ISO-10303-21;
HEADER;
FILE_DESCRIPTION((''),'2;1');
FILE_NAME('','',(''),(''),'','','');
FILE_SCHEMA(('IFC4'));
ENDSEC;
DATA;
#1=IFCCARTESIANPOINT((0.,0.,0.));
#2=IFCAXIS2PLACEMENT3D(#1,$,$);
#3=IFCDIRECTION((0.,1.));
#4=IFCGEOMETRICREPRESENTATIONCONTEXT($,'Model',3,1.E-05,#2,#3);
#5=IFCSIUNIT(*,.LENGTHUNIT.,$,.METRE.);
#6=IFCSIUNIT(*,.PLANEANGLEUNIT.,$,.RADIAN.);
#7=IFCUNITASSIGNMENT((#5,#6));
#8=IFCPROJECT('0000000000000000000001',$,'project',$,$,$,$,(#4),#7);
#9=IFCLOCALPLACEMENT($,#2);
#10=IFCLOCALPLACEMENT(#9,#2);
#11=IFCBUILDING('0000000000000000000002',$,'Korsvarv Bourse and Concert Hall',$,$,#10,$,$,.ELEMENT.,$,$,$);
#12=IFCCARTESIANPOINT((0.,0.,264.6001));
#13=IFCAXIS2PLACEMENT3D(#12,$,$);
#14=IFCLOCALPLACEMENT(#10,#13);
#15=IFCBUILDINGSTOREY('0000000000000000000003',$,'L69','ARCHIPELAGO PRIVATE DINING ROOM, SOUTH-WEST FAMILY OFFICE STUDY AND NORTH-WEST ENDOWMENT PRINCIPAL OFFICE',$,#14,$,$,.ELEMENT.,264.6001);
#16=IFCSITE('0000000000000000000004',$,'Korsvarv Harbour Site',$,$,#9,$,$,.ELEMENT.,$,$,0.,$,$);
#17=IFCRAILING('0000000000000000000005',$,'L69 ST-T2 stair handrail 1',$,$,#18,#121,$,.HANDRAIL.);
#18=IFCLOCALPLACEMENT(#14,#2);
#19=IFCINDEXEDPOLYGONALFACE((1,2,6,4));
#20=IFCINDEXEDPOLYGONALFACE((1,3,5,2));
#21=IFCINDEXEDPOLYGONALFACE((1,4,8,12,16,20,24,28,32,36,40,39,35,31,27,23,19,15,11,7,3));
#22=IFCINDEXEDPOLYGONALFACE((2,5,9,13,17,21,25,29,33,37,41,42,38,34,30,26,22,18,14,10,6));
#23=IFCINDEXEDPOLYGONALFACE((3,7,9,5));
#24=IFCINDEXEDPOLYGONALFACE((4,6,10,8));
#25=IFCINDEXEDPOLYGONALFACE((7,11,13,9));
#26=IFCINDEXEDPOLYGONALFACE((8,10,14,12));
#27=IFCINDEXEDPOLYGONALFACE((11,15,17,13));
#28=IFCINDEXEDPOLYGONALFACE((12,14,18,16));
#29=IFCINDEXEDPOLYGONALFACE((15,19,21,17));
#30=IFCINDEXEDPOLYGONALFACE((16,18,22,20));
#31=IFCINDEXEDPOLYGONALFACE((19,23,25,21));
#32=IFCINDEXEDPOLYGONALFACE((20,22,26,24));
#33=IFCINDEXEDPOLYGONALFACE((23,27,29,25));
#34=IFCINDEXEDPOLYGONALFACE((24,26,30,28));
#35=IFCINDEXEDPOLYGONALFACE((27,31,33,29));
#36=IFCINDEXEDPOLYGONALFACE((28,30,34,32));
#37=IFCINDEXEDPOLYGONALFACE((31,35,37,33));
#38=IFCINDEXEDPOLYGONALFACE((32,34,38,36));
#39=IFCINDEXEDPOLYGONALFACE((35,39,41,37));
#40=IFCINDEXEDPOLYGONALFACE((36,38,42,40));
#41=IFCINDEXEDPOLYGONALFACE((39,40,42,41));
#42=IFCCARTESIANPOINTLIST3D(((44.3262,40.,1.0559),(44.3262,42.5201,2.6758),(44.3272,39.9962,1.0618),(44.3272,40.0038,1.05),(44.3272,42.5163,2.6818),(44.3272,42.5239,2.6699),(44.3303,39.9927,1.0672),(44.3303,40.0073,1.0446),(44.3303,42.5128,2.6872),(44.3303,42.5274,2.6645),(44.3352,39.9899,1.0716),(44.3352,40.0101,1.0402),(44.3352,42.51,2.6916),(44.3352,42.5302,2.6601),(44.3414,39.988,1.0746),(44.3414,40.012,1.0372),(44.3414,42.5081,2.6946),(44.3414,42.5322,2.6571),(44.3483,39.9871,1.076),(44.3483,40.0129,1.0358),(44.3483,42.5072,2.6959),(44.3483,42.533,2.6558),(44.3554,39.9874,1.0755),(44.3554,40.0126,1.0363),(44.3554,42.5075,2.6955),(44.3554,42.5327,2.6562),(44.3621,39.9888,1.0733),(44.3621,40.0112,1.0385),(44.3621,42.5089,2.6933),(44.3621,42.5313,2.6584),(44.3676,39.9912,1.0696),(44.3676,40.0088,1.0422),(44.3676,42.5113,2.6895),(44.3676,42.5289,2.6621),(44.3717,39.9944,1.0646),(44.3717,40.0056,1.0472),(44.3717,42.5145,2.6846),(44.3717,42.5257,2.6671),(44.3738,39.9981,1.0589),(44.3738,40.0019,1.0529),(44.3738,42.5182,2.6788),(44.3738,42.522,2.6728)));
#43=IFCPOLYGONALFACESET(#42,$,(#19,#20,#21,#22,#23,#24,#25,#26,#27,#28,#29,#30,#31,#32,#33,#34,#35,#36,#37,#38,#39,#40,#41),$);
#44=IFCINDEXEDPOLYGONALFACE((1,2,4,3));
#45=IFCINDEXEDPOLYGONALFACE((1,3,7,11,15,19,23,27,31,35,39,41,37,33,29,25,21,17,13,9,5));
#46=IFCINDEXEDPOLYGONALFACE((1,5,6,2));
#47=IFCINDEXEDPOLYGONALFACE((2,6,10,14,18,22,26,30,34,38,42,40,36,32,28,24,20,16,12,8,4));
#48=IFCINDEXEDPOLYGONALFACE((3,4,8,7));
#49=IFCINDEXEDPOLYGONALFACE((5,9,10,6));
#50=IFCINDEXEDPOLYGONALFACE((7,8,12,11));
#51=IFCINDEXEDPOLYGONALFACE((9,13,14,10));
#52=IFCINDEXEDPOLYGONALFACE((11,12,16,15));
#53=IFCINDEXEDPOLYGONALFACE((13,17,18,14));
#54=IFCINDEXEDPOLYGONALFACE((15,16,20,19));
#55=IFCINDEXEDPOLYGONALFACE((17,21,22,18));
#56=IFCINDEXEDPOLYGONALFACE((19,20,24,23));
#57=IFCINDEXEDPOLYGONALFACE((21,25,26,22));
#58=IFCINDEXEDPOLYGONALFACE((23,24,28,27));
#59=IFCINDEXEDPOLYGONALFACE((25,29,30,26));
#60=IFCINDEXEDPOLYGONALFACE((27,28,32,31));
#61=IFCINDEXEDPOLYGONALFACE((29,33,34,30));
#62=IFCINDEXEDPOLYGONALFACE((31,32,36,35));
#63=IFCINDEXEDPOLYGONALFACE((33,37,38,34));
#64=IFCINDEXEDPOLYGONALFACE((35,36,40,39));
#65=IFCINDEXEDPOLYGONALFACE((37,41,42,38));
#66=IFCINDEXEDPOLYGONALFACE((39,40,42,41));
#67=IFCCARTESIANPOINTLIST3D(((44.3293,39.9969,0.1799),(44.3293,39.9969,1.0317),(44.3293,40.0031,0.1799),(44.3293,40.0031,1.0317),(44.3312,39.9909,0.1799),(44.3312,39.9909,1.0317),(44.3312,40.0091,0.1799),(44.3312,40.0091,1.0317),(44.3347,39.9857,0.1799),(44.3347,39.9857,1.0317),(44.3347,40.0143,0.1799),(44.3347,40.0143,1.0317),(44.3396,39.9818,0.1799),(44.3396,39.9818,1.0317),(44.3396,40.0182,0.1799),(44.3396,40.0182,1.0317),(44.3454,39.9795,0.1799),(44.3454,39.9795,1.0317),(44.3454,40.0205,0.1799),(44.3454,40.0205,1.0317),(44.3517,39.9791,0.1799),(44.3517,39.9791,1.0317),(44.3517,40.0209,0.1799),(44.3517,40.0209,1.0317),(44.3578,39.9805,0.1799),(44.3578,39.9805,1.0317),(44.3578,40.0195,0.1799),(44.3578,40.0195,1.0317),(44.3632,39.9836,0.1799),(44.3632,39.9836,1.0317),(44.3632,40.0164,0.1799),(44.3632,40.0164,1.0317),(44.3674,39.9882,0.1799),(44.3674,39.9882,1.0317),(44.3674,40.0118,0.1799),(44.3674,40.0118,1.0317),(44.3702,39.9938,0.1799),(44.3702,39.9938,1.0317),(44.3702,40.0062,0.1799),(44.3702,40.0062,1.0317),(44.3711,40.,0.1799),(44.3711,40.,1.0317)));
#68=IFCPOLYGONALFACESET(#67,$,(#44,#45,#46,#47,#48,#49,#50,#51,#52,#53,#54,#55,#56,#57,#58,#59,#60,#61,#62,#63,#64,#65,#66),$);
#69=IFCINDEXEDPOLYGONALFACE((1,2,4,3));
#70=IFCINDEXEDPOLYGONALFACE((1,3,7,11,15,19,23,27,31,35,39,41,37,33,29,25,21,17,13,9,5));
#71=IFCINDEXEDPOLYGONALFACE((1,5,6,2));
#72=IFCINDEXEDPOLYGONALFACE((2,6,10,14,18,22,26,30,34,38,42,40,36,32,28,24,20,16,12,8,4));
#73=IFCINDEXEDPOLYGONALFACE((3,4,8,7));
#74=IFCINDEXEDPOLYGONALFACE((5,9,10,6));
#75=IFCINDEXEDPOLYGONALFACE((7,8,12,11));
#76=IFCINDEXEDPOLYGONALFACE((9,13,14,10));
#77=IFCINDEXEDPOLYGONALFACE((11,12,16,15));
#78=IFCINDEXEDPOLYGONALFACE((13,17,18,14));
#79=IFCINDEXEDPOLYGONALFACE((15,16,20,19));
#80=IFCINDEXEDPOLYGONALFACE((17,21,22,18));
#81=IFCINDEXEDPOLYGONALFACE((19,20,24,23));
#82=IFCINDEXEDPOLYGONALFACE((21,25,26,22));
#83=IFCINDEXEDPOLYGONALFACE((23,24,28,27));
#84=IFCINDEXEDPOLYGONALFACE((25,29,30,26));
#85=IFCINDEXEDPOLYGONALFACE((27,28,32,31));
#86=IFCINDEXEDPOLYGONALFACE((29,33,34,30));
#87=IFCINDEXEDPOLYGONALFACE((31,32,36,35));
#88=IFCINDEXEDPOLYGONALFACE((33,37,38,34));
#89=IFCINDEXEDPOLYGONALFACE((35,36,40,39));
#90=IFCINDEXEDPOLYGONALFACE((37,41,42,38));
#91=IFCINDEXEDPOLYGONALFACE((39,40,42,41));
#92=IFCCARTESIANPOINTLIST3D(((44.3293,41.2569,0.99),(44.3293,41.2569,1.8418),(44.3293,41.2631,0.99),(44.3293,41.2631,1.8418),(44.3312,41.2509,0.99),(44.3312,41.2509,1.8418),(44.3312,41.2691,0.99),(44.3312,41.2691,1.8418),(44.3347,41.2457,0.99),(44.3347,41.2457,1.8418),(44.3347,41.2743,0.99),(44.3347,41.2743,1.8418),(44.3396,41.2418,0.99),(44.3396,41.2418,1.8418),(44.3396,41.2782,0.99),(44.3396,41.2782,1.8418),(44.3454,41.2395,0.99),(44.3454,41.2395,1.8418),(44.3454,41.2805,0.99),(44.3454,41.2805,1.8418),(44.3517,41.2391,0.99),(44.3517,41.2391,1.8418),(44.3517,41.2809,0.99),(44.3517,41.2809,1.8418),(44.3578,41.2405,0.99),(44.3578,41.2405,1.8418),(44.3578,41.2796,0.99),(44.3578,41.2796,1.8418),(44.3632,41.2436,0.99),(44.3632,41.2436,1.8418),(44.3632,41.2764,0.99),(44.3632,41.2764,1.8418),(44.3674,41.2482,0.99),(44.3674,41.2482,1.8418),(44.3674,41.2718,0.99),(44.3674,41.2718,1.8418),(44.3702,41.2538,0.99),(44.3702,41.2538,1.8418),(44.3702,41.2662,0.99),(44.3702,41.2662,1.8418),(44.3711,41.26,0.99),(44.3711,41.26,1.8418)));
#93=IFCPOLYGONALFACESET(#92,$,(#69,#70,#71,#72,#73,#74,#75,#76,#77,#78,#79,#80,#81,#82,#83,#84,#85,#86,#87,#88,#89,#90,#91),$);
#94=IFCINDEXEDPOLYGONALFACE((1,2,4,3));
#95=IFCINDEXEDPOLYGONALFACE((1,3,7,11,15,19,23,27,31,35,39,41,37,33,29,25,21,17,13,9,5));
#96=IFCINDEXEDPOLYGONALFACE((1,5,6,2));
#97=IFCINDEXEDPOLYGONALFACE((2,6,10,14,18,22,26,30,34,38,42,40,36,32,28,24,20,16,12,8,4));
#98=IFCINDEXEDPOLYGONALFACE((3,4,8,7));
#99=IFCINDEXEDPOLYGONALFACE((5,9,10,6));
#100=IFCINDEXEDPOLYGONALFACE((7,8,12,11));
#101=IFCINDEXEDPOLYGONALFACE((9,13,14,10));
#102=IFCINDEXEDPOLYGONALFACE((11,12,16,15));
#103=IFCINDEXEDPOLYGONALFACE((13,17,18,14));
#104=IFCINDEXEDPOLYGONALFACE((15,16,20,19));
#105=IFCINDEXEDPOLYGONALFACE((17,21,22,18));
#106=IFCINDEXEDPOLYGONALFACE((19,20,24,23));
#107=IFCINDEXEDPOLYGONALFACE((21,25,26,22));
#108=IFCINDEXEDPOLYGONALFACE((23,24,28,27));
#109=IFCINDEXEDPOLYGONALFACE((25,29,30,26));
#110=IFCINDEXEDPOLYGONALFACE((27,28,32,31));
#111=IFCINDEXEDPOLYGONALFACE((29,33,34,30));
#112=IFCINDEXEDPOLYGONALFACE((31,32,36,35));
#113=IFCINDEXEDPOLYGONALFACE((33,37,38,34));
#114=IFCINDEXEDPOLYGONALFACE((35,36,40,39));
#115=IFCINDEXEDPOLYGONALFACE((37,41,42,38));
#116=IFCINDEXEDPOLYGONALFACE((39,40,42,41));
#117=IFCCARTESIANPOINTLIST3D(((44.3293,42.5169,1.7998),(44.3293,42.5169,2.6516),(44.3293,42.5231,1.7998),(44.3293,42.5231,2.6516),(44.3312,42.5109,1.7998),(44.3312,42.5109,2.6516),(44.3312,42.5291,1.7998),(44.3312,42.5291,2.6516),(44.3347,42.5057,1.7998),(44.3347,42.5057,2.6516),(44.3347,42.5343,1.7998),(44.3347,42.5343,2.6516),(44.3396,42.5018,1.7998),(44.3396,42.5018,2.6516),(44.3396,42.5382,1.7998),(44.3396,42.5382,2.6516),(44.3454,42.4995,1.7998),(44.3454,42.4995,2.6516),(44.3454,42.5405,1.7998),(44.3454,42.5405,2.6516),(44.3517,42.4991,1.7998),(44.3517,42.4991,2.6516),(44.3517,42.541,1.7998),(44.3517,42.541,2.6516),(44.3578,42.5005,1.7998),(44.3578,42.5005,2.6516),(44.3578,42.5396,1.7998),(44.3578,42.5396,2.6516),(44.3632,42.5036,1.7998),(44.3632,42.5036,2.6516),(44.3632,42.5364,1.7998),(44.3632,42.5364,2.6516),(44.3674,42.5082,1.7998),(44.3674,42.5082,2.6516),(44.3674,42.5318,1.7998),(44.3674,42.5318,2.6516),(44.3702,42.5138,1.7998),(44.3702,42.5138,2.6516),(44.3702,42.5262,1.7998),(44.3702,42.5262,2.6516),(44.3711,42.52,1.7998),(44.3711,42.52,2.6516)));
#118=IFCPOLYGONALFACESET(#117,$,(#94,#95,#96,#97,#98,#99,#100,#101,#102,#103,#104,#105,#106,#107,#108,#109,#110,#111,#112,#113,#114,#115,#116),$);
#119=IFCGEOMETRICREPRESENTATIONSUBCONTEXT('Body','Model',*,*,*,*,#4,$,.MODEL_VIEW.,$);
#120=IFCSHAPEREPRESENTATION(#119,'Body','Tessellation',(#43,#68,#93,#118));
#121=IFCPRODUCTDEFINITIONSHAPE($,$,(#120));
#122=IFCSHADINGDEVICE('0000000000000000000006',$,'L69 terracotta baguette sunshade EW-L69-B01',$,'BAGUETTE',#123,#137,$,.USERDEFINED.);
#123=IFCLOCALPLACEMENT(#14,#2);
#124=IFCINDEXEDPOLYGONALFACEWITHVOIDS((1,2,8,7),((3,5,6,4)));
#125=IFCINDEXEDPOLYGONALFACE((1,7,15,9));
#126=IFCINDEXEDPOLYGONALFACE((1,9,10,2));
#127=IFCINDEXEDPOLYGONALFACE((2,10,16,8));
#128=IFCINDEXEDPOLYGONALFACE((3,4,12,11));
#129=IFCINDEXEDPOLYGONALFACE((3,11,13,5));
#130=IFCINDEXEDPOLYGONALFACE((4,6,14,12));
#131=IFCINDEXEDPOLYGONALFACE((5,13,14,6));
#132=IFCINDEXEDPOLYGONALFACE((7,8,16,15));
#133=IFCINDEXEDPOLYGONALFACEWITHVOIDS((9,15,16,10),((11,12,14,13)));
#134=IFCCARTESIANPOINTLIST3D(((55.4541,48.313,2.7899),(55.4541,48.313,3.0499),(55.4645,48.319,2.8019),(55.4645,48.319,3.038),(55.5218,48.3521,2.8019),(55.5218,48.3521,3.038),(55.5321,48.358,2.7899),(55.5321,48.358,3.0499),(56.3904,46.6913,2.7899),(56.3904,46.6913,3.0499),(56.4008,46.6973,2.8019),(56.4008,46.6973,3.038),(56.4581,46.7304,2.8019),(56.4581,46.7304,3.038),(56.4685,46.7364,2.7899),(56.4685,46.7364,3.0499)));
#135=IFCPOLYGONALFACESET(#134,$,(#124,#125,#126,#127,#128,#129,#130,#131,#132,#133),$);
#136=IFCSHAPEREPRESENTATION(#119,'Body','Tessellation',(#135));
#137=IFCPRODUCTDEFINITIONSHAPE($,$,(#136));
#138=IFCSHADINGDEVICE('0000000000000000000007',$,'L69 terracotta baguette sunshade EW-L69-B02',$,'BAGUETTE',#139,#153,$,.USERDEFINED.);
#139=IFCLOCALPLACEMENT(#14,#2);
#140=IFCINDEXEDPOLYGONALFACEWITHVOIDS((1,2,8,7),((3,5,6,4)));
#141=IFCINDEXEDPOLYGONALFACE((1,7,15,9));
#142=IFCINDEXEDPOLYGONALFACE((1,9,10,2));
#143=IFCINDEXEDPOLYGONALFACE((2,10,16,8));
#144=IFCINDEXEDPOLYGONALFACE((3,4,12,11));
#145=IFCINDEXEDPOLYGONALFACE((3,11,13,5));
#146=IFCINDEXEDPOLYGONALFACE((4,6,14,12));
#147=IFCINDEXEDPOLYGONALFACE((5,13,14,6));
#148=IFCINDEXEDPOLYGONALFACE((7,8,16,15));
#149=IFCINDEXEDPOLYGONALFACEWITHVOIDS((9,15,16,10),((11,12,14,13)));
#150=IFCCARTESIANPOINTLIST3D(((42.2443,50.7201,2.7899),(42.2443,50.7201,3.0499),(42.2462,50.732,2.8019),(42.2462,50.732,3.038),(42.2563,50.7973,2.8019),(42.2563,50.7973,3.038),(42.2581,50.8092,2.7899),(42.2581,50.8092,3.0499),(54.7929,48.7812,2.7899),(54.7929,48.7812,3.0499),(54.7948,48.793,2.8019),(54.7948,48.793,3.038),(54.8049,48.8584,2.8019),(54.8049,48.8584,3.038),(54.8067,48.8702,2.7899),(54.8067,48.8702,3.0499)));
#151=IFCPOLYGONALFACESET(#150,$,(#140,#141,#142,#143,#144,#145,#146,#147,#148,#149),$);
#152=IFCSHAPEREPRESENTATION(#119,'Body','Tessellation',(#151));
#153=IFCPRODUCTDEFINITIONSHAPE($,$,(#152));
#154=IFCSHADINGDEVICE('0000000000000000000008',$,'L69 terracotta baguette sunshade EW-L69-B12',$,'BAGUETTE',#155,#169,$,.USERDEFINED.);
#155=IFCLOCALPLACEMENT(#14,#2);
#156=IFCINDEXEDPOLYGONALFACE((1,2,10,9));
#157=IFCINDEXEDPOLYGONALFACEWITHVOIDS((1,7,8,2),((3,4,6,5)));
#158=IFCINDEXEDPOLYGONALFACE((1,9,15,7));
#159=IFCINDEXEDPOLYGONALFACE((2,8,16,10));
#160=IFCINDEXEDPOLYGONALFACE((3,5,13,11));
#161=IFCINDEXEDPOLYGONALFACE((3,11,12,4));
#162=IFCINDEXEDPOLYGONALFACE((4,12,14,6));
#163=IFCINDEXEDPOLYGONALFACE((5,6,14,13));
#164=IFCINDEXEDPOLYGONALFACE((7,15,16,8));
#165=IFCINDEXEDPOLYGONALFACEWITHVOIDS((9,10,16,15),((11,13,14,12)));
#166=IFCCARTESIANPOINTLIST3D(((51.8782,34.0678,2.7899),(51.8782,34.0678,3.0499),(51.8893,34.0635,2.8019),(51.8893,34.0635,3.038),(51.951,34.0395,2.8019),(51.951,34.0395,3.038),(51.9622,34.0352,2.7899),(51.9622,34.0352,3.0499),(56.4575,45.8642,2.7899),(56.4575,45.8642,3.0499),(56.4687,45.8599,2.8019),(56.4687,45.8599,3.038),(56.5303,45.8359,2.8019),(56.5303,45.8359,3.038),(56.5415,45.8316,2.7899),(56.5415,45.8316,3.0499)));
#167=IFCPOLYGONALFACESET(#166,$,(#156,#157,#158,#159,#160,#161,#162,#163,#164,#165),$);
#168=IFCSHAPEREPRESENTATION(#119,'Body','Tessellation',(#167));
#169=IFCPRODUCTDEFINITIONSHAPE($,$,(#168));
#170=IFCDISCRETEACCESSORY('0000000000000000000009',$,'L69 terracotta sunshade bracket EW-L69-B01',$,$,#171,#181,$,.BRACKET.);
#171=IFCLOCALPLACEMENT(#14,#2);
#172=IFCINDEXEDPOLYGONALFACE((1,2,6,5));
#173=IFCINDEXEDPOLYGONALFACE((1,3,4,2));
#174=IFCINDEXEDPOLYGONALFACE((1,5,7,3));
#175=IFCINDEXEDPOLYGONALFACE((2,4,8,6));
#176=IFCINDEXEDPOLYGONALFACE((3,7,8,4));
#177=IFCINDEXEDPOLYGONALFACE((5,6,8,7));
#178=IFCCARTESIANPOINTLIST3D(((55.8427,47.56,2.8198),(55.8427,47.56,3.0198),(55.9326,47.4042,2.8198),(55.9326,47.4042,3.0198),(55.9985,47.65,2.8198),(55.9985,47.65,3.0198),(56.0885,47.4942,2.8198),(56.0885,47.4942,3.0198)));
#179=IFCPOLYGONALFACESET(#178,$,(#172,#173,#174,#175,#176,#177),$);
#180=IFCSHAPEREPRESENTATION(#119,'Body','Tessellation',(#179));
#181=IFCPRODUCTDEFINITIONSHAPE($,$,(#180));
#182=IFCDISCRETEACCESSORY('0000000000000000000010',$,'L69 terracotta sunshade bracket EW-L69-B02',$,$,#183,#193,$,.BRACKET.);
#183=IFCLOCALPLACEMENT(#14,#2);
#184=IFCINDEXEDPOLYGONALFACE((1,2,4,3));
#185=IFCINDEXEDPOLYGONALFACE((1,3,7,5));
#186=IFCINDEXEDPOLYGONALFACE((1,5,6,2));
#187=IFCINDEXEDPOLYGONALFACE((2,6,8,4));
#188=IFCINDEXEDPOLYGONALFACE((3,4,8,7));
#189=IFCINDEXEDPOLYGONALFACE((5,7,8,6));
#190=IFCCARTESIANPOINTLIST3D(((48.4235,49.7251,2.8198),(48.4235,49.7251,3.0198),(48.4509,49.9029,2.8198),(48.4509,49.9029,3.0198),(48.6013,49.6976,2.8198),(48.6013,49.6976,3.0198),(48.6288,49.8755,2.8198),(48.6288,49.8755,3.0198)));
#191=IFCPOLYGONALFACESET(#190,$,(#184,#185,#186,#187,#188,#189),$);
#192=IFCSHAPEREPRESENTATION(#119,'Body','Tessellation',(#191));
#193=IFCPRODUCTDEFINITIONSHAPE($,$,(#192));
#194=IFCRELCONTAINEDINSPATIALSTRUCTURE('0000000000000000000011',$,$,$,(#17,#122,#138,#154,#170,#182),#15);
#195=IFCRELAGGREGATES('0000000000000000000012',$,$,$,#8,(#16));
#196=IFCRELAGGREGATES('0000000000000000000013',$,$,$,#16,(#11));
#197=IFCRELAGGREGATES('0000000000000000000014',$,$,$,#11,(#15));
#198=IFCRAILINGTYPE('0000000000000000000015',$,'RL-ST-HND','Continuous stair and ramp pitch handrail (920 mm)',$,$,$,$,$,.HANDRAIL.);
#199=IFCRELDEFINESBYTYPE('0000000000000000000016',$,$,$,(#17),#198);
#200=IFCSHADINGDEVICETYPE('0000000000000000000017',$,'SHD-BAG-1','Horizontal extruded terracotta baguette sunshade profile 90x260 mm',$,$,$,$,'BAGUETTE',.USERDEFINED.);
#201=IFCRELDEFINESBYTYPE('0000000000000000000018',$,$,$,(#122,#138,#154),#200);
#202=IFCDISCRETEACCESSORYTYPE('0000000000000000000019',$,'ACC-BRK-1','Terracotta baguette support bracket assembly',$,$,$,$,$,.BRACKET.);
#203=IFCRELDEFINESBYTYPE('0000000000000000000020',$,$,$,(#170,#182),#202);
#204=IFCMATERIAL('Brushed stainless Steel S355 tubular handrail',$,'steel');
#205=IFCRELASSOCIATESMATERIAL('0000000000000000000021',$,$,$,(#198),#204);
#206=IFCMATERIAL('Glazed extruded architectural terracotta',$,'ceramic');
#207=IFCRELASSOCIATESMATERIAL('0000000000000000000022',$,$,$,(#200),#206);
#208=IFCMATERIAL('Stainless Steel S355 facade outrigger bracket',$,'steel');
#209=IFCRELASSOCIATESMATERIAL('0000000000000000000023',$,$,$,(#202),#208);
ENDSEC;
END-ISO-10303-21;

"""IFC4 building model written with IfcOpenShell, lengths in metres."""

from ifc_helpers import new_model, si_unit, direction, frame, origin, origin_2d, place, context, subcontext, project, spatial, rectangle, hollow_rectangle, circle, extrude, source, transform, mapped, material, material_profile, profile_set, type_object, element, save


model = new_model("IFC4")

# Units and contexts
model_context = context("Model", 3, precision=1e-05, world=origin(), true_north=direction((0.0, 1.0)))
body_context = subcontext(model_context, "Body", "Model", "MODEL_VIEW")
ifc_project = project(units=[si_unit("LENGTHUNIT", "METRE"), si_unit("PLANEANGLEUNIT", "RADIAN")], contexts=[model_context])

# Site, building, storey
site_placement = place(None, origin())
site = spatial("IfcSite", under=ifc_project, at=site_placement, Name="Korsvarv Harbour Site", CompositionType="ELEMENT", RefElevation=0.0)
building_placement = place(site_placement, origin())
building = spatial("IfcBuilding", under=site, at=building_placement, Name="Korsvarv Bourse and Concert Hall", CompositionType="ELEMENT")
storey_placement = place(building_placement, frame((0.0, 0.0, 264.6001)))
storey = spatial("IfcBuildingStorey", under=building, at=storey_placement, Name="L69", Description="ARCHIPELAGO PRIVATE DINING ROOM, SOUTH-WEST FAMILY OFFICE STUDY AND NORTH-WEST ENDOWMENT PRINCIPAL OFFICE", CompositionType="ELEMENT", Elevation=264.6001)

# Railing
ifc_material_1 = material(Name="Brushed stainless Steel S355 tubular handrail", Category="steel")
railing_type_1 = type_object("IfcRailingType", Name="RL-ST-HND", Description="Continuous stair and ramp pitch handrail (920 mm)", PredefinedType="HANDRAIL", material=ifc_material_1)
railing_1_placement = place(storey_placement, frame((44.3501, 40.0, 0.1799)))
element("IfcRailing", 1, at=railing_1_placement, inside=storey, type_object=railing_type_1, Name="L69 ST-T2 stair handrail 1", PredefinedType="HANDRAIL", context=body_context, shape_type="SweptSolid", body=[
    extrude(circle(Radius=0.0239, at=origin_2d()), frame((0.0, 0.0, 0.876), z_axis=(0.0, 0.8412, 0.540725), x_axis=(-1.0, 0.0, 0.0)), (0.0, 0.0, 1.0), 2.9958),
    extrude(circle(Radius=0.021, at=origin_2d()), origin(), (0.0, 0.0, 1.0), 0.8518),
    extrude(circle(Radius=0.021, at=origin_2d()), frame((0.0, 1.26, 0.8101)), (0.0, 0.0, 1.0), 0.8518),
    extrude(circle(Radius=0.021, at=origin_2d()), frame((0.0, 2.52, 1.6199)), (0.0, 0.0, 1.0), 0.8518),
])

# Shading devices
ifc_material_2 = material(Name="Glazed extruded architectural terracotta", Category="ceramic")
ifc_material_profile_1 = material_profile(ifc_material_2, hollow_rectangle(XDim=0.0901, YDim=0.26, WallThickness=0.012, at=origin_2d()), Name="TC-BAG 90x260")
ifc_profile_set_1 = profile_set([ifc_material_profile_1], Name="Glazed extruded architectural terracotta")
shading_device_type = type_object("IfcShadingDeviceType", Name="SHD-BAG-1", Description="Horizontal extruded terracotta baguette sunshade profile 90x260 mm", ElementType="BAGUETTE", PredefinedType="USERDEFINED", material=ifc_profile_set_1)
shared_shape_1 = source(origin(), body_context, "Body", "SweptSolid", [
    extrude(hollow_rectangle(XDim=0.0901, YDim=0.26, WallThickness=0.012, at=origin_2d()), origin(), (0.0, 0.0, 1.0), 1.8726),
])
shading_device_1_placement = place(storey_placement, frame((56.4294, 46.7139, 2.9199), z_axis=(-0.500023, 0.866012, 0.0), x_axis=(-0.866012, -0.500023, 0.0)))
element("IfcShadingDevice", 2, at=shading_device_1_placement, inside=storey, type_object=shading_device_type, Name="L69 terracotta baguette sunshade EW-L69-B01", ObjectType="BAGUETTE", PredefinedType="USERDEFINED", context=body_context, shape_type="MappedRepresentation", body=[
    mapped(shared_shape_1, transform((0.0, 0.0, 0.0), scale=1.0)),
])
shared_shape_2 = source(origin(), body_context, "Body", "SweptSolid", [
    extrude(hollow_rectangle(XDim=0.0901, YDim=0.26, WallThickness=0.012, at=origin_2d()), origin(), (0.0, 0.0, 1.0), 12.6975),
])
shading_device_2_placement = place(storey_placement, frame((54.7998, 48.8257, 2.9199), z_axis=(-0.988272, 0.152704, 0.0), x_axis=(-0.152704, -0.988272, 0.0)))
element("IfcShadingDevice", 3, at=shading_device_2_placement, inside=storey, type_object=shading_device_type, Name="L69 terracotta baguette sunshade EW-L69-B02", ObjectType="BAGUETTE", PredefinedType="USERDEFINED", context=body_context, shape_type="MappedRepresentation", body=[
    mapped(shared_shape_2, transform((0.0, 0.0, 0.0), scale=1.0)),
])
shared_shape_3 = source(origin(), body_context, "Body", "SweptSolid", [
    extrude(hollow_rectangle(XDim=0.0901, YDim=0.26, WallThickness=0.012, at=origin_2d()), origin(), (0.0, 0.0, 1.0), 12.6541),
])
shading_device_3_placement = place(storey_placement, frame((51.9202, 34.0515, 2.9199), z_axis=(0.361888, 0.932222, 0.0), x_axis=(-0.932222, 0.361888, 0.0)))
element("IfcShadingDevice", 4, at=shading_device_3_placement, inside=storey, type_object=shading_device_type, Name="L69 terracotta baguette sunshade EW-L69-B12", ObjectType="BAGUETTE", PredefinedType="USERDEFINED", context=body_context, shape_type="MappedRepresentation", body=[
    mapped(shared_shape_3, transform((0.0, 0.0, 0.0), scale=1.0)),
])

# Discrete accessories
ifc_material_3 = material(Name="Stainless Steel S355 facade outrigger bracket", Category="steel")
discrete_accessory_type = type_object("IfcDiscreteAccessoryType", Name="ACC-BRK-1", Description="Terracotta baguette support bracket assembly", PredefinedType="BRACKET", material=ifc_material_3)
shared_shape_4 = source(origin(), body_context, "Body", "SweptSolid", [
    extrude(rectangle(XDim=0.1799, YDim=0.1799, at=origin_2d()), origin(), (0.0, 0.0, 1.0), 0.2),
])
for number, where, z_axis, x_axis, name in (
    (5, (55.9656, 47.5271, 2.8198), (0.0, 0.0, 1.0), (-0.5, 0.866025, 0.0), "L69 terracotta sunshade bracket EW-L69-B01"),
    (6, (48.5261, 49.8003, 2.8198), (0.0, 0.0, 1.0), (-0.988282, 0.152641, 0.0), "L69 terracotta sunshade bracket EW-L69-B02"),
):
    element("IfcDiscreteAccessory", number, at=place(storey_placement, frame(where, z_axis=z_axis, x_axis=x_axis)), inside=storey, type_object=discrete_accessory_type, Name=name, PredefinedType="BRACKET", context=body_context, shape_type="MappedRepresentation", body=[
        mapped(shared_shape_4, transform((0.0, 0.0, 0.0), scale=1.0)),
    ])

save(model, "model.ifc")
